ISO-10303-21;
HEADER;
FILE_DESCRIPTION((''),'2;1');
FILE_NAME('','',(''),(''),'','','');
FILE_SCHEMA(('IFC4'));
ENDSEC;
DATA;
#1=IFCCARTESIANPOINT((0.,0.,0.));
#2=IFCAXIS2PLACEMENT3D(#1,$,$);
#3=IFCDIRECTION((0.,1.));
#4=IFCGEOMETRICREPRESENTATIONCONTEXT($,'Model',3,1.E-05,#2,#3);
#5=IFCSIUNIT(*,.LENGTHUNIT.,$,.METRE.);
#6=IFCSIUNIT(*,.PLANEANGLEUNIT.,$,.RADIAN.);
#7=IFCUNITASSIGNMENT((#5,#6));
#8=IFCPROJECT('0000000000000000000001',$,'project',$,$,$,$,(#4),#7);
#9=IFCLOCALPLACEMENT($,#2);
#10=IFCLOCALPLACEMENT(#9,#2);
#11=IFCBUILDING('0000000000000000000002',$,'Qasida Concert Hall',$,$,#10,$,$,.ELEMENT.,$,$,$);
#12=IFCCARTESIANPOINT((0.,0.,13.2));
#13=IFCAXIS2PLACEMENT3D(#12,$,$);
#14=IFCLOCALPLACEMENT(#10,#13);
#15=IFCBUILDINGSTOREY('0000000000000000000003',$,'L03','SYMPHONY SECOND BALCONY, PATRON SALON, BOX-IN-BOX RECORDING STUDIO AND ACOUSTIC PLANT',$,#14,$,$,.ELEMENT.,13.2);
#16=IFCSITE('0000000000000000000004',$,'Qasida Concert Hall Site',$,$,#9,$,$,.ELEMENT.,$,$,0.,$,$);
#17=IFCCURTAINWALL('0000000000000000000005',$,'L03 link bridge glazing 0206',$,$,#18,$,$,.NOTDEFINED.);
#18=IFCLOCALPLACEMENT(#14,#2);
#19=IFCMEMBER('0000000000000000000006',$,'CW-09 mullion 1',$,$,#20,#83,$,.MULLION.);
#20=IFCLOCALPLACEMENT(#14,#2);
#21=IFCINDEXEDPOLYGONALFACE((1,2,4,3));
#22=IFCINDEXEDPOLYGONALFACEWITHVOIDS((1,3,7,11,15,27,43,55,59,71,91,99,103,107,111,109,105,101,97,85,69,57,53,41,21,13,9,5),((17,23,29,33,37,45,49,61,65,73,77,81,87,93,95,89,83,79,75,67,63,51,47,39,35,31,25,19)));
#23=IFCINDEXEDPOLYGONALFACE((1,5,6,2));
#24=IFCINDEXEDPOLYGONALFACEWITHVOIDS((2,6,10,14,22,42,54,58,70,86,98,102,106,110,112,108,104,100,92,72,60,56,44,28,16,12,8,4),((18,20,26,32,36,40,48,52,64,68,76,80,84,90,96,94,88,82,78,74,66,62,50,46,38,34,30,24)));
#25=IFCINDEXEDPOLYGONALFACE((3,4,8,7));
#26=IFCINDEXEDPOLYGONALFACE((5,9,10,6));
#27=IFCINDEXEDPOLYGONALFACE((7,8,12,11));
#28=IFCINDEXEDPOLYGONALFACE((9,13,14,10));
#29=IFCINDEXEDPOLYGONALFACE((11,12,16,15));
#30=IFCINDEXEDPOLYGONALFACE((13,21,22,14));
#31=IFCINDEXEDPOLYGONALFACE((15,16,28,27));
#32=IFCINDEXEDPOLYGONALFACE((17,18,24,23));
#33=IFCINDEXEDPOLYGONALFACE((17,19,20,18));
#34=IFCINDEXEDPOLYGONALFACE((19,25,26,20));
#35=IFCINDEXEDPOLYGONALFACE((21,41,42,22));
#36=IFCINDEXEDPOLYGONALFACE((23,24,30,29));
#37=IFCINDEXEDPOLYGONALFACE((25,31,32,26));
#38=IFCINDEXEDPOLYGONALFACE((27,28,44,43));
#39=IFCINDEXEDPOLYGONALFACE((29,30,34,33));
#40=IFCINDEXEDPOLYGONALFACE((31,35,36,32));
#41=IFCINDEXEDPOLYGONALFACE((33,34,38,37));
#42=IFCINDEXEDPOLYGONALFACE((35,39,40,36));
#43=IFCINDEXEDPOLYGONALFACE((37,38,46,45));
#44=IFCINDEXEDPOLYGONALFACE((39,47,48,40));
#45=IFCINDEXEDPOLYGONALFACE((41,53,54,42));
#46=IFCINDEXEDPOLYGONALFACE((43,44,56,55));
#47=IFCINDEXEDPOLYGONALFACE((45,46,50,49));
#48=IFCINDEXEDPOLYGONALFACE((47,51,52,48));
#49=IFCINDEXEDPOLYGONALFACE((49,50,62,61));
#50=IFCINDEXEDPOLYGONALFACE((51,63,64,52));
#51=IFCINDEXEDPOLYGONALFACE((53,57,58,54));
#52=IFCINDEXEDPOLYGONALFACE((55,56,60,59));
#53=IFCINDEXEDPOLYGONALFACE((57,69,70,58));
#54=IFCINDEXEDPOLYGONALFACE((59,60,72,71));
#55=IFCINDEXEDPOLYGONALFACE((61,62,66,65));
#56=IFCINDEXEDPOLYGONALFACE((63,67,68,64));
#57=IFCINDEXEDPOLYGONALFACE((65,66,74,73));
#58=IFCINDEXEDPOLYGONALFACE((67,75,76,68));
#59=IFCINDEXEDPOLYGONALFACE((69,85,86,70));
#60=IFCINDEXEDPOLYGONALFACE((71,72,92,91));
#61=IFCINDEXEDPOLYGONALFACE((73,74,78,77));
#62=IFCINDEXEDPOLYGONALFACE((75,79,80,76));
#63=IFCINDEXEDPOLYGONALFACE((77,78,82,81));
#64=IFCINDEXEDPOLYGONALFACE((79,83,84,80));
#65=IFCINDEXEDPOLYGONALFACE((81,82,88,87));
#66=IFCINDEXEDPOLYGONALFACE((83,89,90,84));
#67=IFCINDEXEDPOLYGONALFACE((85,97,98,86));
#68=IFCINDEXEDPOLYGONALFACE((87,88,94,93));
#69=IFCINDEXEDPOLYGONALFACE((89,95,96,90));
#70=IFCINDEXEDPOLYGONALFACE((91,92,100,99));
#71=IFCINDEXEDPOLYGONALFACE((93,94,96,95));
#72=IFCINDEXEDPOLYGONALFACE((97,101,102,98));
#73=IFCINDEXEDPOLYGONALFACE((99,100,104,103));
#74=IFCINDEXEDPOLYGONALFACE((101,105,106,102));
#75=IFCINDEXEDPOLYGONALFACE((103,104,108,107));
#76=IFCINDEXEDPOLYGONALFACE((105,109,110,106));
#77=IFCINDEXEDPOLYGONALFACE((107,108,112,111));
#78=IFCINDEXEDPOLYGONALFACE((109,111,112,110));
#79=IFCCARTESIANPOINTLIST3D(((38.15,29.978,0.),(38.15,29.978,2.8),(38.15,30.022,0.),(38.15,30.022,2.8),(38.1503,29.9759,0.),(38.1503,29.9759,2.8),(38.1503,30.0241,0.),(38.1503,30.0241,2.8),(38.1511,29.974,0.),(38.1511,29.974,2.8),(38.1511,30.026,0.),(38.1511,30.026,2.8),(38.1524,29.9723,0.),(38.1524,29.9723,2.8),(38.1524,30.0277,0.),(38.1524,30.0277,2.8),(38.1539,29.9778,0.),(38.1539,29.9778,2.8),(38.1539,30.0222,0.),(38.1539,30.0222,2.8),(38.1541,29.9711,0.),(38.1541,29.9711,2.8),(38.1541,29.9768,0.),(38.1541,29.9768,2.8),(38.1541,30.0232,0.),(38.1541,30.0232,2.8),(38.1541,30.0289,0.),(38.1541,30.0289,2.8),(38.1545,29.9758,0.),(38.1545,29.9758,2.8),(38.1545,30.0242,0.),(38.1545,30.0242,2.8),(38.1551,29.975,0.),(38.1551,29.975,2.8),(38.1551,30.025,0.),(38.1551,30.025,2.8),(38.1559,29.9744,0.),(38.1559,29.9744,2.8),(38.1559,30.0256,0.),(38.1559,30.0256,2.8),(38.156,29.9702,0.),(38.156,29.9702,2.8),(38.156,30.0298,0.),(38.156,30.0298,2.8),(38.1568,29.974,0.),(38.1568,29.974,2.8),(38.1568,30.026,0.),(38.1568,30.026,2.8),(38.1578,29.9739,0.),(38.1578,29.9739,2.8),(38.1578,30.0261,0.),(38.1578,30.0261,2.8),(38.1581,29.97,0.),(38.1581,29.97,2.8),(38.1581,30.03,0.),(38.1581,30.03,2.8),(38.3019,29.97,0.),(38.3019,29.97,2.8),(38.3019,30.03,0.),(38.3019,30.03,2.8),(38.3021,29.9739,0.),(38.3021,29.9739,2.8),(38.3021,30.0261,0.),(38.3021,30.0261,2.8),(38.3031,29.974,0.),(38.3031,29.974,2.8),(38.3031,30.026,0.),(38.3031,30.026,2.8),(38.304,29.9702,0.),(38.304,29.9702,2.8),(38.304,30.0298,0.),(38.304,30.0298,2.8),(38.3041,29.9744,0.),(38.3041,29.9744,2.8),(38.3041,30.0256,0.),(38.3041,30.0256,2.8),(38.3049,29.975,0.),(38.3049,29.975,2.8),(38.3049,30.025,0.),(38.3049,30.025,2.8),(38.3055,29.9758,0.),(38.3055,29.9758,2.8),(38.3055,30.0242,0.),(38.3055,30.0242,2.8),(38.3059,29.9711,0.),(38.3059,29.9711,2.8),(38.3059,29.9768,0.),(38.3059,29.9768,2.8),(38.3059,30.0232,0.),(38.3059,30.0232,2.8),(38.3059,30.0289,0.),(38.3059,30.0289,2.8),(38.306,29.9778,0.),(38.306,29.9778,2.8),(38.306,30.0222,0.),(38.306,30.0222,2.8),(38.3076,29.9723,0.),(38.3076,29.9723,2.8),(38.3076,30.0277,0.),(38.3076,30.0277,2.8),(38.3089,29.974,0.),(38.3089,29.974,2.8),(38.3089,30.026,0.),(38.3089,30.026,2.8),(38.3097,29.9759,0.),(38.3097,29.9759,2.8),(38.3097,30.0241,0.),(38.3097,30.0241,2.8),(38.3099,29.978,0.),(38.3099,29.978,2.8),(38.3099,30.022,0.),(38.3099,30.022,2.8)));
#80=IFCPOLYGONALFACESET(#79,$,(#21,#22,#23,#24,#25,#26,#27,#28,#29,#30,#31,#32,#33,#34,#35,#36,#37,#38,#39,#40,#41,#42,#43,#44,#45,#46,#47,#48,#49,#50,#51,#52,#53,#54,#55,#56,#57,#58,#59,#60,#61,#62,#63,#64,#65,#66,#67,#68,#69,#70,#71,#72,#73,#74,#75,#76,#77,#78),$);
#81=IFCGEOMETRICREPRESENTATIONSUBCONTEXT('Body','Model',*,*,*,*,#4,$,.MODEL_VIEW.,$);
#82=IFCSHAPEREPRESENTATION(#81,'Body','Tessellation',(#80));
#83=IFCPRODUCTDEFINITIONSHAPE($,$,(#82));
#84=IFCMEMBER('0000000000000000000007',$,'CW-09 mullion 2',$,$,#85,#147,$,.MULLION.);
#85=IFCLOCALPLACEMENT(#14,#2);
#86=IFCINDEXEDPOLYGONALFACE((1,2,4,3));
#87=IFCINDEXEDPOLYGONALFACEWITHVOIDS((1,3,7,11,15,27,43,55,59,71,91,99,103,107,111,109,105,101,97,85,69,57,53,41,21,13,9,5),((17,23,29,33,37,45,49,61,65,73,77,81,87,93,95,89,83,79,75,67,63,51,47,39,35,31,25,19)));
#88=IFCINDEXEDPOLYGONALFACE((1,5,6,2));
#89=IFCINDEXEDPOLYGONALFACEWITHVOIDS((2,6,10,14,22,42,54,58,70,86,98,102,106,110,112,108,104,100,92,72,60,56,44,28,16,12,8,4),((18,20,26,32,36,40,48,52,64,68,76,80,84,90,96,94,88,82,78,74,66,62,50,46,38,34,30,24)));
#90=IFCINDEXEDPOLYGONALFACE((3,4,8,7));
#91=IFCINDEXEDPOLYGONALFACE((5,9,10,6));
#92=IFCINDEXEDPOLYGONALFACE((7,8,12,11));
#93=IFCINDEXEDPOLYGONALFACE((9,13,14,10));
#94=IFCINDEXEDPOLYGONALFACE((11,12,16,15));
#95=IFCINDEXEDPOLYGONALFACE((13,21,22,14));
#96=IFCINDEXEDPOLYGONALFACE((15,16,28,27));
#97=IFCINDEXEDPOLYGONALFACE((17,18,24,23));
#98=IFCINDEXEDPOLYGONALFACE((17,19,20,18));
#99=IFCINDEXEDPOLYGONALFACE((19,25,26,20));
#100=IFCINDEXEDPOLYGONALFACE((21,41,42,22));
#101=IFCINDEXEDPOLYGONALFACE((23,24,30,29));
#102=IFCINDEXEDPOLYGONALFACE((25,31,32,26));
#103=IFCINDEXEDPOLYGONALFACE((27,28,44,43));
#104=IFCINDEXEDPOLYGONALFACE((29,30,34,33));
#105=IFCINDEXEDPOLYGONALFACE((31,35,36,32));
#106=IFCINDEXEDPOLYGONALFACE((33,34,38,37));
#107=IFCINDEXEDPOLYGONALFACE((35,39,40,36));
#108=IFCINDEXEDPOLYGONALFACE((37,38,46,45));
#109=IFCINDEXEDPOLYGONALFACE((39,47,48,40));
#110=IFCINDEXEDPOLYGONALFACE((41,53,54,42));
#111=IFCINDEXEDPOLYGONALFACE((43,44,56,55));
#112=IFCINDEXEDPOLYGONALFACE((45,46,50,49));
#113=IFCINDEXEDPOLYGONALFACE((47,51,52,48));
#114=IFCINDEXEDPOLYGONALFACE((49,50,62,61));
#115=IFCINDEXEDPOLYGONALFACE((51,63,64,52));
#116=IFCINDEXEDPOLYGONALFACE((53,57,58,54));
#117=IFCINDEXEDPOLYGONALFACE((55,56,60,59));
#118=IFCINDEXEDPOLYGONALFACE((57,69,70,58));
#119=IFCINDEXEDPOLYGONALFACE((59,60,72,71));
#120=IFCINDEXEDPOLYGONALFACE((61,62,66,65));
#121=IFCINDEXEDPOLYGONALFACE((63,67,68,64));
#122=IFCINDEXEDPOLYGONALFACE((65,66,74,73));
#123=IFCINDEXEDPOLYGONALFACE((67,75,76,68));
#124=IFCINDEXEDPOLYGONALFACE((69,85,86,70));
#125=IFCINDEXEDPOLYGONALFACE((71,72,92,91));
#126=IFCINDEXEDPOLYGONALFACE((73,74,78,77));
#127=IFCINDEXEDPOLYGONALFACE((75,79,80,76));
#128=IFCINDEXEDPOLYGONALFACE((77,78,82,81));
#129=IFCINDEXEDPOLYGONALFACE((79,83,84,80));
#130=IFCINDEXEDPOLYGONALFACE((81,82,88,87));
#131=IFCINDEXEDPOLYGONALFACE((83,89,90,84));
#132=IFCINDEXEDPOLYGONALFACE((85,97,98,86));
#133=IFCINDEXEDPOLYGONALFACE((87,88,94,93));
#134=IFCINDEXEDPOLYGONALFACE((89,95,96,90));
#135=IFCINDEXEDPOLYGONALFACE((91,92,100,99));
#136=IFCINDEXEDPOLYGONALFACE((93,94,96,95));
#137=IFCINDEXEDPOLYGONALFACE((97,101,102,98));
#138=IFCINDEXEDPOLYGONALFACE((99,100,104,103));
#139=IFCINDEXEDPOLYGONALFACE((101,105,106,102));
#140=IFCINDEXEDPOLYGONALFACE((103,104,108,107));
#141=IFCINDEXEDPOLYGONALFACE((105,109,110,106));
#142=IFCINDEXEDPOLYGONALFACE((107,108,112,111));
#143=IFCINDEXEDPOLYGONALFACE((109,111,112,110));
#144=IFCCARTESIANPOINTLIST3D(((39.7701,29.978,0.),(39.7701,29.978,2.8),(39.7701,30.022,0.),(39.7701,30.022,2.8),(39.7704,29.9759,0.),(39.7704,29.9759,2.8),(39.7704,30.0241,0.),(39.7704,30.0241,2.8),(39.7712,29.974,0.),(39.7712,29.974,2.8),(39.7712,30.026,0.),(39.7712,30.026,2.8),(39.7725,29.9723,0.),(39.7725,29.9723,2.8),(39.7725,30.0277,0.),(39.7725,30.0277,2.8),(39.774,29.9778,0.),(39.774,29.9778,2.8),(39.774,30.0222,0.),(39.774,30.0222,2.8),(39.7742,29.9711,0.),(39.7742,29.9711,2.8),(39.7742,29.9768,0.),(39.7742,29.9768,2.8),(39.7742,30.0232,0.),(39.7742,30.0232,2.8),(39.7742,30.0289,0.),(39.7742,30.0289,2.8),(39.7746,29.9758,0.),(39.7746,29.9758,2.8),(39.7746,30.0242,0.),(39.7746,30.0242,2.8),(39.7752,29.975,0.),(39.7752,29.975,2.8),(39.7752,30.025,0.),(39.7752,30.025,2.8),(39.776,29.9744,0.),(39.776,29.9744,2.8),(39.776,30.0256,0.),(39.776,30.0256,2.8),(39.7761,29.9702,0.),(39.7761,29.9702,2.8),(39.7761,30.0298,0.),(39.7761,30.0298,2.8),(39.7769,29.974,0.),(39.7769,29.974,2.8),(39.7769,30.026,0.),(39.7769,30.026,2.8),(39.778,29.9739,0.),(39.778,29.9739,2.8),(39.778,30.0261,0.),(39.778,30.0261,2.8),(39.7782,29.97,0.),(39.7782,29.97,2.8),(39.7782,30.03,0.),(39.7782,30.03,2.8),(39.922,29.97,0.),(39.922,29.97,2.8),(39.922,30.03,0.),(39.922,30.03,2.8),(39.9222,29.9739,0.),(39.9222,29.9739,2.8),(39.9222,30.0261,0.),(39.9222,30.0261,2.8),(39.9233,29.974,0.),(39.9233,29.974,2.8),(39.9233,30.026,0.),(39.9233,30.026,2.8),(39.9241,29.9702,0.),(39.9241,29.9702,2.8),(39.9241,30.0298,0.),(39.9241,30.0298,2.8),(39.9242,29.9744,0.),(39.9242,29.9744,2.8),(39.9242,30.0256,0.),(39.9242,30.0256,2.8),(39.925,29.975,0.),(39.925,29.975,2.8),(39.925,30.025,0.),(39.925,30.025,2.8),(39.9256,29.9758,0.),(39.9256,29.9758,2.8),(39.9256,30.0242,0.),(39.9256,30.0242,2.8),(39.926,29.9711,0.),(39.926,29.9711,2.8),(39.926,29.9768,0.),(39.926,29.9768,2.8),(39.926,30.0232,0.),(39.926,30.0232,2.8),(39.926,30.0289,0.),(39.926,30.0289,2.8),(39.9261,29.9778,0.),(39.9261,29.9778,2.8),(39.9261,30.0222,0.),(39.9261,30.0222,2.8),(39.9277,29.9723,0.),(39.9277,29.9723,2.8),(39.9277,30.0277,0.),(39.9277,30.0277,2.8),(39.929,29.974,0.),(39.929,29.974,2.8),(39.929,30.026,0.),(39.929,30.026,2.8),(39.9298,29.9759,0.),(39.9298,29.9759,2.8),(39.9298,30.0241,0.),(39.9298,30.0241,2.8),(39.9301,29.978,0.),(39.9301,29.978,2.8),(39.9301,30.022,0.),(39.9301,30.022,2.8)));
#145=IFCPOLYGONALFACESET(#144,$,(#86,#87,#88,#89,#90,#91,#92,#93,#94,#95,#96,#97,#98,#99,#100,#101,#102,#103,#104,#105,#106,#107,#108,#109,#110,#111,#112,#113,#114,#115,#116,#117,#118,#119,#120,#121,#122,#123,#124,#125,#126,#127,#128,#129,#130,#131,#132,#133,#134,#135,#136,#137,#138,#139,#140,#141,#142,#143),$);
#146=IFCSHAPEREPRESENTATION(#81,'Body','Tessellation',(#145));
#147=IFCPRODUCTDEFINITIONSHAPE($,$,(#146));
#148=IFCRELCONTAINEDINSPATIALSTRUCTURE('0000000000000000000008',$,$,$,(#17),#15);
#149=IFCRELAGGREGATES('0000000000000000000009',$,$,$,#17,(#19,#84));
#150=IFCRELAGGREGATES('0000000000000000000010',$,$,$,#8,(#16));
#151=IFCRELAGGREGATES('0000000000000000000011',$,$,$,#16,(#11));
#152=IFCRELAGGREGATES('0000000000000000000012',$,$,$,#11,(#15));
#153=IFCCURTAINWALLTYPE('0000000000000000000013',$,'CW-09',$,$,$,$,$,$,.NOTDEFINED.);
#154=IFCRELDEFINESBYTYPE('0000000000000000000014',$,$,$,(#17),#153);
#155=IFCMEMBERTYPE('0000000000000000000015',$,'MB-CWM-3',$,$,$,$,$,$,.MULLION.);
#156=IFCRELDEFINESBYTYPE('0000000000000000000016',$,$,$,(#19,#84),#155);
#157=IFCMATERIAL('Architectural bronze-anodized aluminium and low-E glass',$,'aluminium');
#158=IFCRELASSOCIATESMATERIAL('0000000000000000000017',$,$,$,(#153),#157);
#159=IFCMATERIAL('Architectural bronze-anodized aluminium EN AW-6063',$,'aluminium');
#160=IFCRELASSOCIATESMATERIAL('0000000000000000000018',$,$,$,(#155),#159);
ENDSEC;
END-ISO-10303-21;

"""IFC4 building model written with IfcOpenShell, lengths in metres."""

from ifc_helpers import new_model, si_unit, direction, frame, origin, origin_2d, place, context, subcontext, project, spatial, hollow_rectangle, extrude, material, material_profile, profile_set, type_object, element, aggregate, save


model = new_model("IFC4")

# Units and contexts
model_context = context("Model", 3, precision=1e-05, world=origin(), true_north=direction((0.0, 1.0)))
body_context = subcontext(model_context, "Body", "Model", "MODEL_VIEW")
ifc_project = project(units=[si_unit("LENGTHUNIT", "METRE"), si_unit("PLANEANGLEUNIT", "RADIAN")], contexts=[model_context])

# Site, building, storey
site_placement = place(None, origin())
site = spatial("IfcSite", under=ifc_project, at=site_placement, Name="Qasida Concert Hall Site", CompositionType="ELEMENT", RefElevation=0.0)
building_placement = place(site_placement, origin())
building = spatial("IfcBuilding", under=site, at=building_placement, Name="Qasida Concert Hall", CompositionType="ELEMENT")
storey_placement = place(building_placement, frame((0.0, 0.0, 13.2)))
storey = spatial("IfcBuildingStorey", under=building, at=storey_placement, Name="L03", Description="SYMPHONY SECOND BALCONY, PATRON SALON, BOX-IN-BOX RECORDING STUDIO AND ACOUSTIC PLANT", CompositionType="ELEMENT", Elevation=13.2)

# Curtain wall, members
ifc_material_1 = material(Name="Architectural bronze-anodized aluminium and low-E glass", Category="aluminium")
curtain_wall_type = type_object("IfcCurtainWallType", Name="CW-09", PredefinedType="NOTDEFINED", material=ifc_material_1)
ifc_material_2 = material(Name="Architectural bronze-anodized aluminium EN AW-6063", Category="aluminium")
ifc_material_profile_1 = material_profile(ifc_material_2, hollow_rectangle(XDim=0.0601, YDim=0.1599, WallThickness=0.0039, InnerFilletRadius=0.0039, OuterFilletRadius=0.0081, at=origin_2d()), Name="CWM 160x60x4")
ifc_profile_set_1 = profile_set([ifc_material_profile_1], Name="Architectural bronze-anodized aluminium EN AW-6063")
member_type_1 = type_object("IfcMemberType", Name="MB-CWM-3", PredefinedType="MULLION", material=ifc_profile_set_1)
curtain_wall_1_placement = place(storey_placement, origin())
curtain_wall_1 = element("IfcCurtainWall", 1, at=curtain_wall_1_placement, inside=storey, type_object=curtain_wall_type, Name="L03 link bridge glazing 0206", PredefinedType="NOTDEFINED")
member_1_placement = place(storey_placement, frame((38.23, 30.0, 0.0), z_axis=(0.0, 0.0, 1.0), x_axis=(0.0, 1.0, 0.0)))
member_1 = element("IfcMember", 2, at=member_1_placement, type_object=member_type_1, Name="CW-09 mullion 1", PredefinedType="MULLION", context=body_context, shape_type="SweptSolid", body=[
    extrude(hollow_rectangle(XDim=0.0601, YDim=0.1599, WallThickness=0.0039, InnerFilletRadius=0.0039, OuterFilletRadius=0.0081, at=origin_2d()), origin(), (0.0, 0.0, 1.0), 2.8),
])
member_2_placement = place(storey_placement, frame((39.8501, 30.0, 0.0), z_axis=(0.0, 0.0, 1.0), x_axis=(0.0, 1.0, 0.0)))
member_2 = element("IfcMember", 3, at=member_2_placement, type_object=member_type_1, Name="CW-09 mullion 2", PredefinedType="MULLION", context=body_context, shape_type="SweptSolid", body=[
    extrude(hollow_rectangle(XDim=0.0601, YDim=0.1599, WallThickness=0.0039, InnerFilletRadius=0.0039, OuterFilletRadius=0.0081, at=origin_2d()), origin(), (0.0, 0.0, 1.0), 2.8),
])

aggregate(curtain_wall_1, [member_1, member_2])

save(model, "model.ifc")
